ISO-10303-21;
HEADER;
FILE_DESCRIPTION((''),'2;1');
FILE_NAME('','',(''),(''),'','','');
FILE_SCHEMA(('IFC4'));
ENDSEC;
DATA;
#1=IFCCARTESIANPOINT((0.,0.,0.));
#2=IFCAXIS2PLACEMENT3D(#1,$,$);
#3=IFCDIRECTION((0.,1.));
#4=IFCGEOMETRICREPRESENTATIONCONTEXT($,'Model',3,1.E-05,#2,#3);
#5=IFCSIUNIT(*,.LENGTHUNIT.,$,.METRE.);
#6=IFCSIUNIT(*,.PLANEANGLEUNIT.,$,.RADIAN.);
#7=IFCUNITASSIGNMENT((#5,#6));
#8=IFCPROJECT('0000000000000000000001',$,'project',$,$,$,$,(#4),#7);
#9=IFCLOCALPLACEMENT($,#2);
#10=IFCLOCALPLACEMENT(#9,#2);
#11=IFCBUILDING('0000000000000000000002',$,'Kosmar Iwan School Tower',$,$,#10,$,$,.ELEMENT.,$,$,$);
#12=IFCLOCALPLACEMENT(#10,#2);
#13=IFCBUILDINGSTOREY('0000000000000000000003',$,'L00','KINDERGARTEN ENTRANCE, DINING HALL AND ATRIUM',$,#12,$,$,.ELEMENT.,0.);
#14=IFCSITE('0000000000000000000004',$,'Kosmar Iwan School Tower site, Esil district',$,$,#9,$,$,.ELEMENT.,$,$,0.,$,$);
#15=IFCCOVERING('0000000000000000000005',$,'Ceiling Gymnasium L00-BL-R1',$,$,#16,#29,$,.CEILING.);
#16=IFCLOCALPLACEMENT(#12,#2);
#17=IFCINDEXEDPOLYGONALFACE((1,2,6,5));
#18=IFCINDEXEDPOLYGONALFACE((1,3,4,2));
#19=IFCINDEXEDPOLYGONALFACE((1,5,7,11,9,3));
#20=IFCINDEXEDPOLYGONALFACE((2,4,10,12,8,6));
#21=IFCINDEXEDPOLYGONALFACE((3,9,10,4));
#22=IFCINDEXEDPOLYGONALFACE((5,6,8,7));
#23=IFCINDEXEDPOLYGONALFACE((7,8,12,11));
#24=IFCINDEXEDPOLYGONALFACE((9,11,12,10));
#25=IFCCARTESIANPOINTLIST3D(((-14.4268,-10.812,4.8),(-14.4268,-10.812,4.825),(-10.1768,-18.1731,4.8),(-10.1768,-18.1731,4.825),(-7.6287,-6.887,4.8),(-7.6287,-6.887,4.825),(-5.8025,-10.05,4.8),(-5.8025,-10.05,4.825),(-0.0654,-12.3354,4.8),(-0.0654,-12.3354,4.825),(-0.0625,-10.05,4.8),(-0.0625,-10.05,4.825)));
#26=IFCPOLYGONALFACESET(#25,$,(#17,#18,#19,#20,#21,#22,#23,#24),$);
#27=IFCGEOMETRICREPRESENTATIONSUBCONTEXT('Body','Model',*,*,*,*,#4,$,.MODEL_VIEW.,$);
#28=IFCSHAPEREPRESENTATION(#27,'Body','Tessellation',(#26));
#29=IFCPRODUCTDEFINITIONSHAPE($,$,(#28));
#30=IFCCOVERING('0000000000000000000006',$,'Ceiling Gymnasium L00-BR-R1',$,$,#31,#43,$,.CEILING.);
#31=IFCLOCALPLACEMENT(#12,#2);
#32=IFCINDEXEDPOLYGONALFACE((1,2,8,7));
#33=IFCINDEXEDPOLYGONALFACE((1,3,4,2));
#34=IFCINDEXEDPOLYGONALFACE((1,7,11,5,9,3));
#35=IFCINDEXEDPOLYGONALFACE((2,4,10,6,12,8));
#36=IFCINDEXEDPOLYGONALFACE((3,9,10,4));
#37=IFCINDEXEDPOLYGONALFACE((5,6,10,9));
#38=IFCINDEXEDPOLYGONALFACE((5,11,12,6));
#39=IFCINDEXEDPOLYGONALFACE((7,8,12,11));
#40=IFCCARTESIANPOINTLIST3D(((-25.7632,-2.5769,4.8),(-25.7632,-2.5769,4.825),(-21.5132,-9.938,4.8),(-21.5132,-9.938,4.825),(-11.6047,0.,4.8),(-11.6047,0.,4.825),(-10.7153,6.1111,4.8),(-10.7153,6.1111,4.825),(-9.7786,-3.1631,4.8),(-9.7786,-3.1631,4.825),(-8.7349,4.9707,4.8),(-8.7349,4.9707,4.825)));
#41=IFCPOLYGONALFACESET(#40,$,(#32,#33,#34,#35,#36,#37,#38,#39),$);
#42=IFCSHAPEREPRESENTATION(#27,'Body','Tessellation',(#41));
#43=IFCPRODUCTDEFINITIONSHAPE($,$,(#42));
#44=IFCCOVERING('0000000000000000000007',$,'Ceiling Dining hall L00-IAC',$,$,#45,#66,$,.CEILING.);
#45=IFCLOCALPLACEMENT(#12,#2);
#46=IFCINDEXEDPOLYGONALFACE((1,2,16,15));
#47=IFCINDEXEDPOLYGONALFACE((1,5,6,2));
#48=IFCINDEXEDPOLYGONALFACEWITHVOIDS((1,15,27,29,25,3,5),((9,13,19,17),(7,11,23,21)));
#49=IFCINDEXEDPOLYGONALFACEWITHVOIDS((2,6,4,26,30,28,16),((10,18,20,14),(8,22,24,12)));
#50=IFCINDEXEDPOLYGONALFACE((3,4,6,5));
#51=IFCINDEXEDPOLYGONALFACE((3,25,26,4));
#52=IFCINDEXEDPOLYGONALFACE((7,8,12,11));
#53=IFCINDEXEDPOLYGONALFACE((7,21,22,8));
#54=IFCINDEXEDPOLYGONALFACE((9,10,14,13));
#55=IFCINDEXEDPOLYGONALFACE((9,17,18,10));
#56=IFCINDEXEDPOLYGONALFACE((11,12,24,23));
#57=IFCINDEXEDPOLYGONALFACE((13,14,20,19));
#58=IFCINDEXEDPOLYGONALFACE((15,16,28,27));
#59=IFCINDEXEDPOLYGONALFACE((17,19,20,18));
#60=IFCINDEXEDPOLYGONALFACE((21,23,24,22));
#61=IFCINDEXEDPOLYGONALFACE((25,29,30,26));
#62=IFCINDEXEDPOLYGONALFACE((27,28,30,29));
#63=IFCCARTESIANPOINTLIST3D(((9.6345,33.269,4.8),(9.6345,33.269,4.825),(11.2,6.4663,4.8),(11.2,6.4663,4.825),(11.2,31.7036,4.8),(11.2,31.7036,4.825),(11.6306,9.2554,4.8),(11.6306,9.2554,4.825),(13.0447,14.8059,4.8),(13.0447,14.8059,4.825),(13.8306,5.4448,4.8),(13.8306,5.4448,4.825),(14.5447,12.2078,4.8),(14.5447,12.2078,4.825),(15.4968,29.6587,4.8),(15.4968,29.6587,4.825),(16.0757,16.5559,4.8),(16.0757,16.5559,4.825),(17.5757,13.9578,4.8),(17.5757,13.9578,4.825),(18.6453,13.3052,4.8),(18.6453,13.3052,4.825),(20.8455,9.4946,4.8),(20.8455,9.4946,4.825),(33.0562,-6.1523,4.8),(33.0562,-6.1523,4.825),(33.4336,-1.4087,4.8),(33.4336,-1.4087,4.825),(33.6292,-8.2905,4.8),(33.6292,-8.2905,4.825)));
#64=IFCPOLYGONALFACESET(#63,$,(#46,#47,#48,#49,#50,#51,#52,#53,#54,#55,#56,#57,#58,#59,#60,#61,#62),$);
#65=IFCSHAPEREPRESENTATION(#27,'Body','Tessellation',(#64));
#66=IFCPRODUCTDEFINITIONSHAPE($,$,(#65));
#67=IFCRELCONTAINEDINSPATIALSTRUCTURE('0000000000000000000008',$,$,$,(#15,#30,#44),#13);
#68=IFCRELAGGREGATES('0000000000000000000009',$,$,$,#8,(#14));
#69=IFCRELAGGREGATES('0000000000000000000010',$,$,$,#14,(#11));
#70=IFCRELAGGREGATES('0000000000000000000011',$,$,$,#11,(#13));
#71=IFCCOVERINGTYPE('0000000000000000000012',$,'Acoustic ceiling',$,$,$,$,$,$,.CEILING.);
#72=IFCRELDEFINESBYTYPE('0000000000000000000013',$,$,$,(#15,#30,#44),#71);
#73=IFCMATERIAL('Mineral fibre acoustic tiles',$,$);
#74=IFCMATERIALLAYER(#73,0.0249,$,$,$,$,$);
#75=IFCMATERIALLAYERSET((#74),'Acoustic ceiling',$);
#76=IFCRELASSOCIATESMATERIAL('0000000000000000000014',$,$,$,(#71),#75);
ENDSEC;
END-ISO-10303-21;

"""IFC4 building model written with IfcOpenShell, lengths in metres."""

from ifc_helpers import new_model, si_unit, direction, frame, origin, place, context, subcontext, project, spatial, polyline, outline, extrude, material, layer, layer_set, type_object, element, save


model = new_model("IFC4")

# Units and contexts
model_context = context("Model", 3, precision=1e-05, world=origin(), true_north=direction((0.0, 1.0)))
body_context = subcontext(model_context, "Body", "Model", "MODEL_VIEW")
ifc_project = project(units=[si_unit("LENGTHUNIT", "METRE"), si_unit("PLANEANGLEUNIT", "RADIAN")], contexts=[model_context])

# Site, building, storey
site_placement = place(None, origin())
site = spatial("IfcSite", under=ifc_project, at=site_placement, Name="Kosmar Iwan School Tower site, Esil district", CompositionType="ELEMENT", RefElevation=0.0)
building_placement = place(site_placement, origin())
building = spatial("IfcBuilding", under=site, at=building_placement, Name="Kosmar Iwan School Tower", CompositionType="ELEMENT")
storey_placement = place(building_placement, origin())
storey = spatial("IfcBuildingStorey", under=building, at=storey_placement, Name="L00", Description="KINDERGARTEN ENTRANCE, DINING HALL AND ATRIUM", CompositionType="ELEMENT", Elevation=0.0)

# Coverings
ifc_material_1 = material(Name="Mineral fibre acoustic tiles")
ifc_layer_1 = layer(ifc_material_1, 0.0249)
ifc_layer_set_1 = layer_set([ifc_layer_1], Name="Acoustic ceiling")
covering_type = type_object("IfcCoveringType", Name="Acoustic ceiling", PredefinedType="CEILING", material=ifc_layer_set_1)
covering_1_placement = place(storey_placement, frame((0.0, 0.0, 4.8)))
element("IfcCovering", 1, at=covering_1_placement, inside=storey, type_object=covering_type, Name="Ceiling Gymnasium L00-BL-R1", PredefinedType="CEILING", context=body_context, shape_type="SweptSolid", body=[
    extrude(outline(polyline([(-10.1768, -18.1731), (-0.0654, -12.3354), (-0.0625, -10.05), (-5.8025, -10.05), (-7.6287, -6.887), (-14.4268, -10.812), (-10.1768, -18.1731)])), origin(), (0.0, 0.0, 1.0), 0.0249),
])
covering_2_placement = place(storey_placement, frame((0.0, 0.0, 4.8)))
element("IfcCovering", 2, at=covering_2_placement, inside=storey, type_object=covering_type, Name="Ceiling Gymnasium L00-BR-R1", PredefinedType="CEILING", context=body_context, shape_type="SweptSolid", body=[
    extrude(outline(polyline([(-21.5132, -9.938), (-9.7786, -3.1631), (-11.6047, 0.0), (-8.7349, 4.9707), (-10.7153, 6.1111), (-25.7632, -2.5769), (-21.5132, -9.938)])), origin(), (0.0, 0.0, 1.0), 0.0249),
])
covering_3_placement = place(storey_placement, frame((0.0, 0.0, 4.8)))
element("IfcCovering", 3, at=covering_3_placement, inside=storey, type_object=covering_type, Name="Ceiling Dining hall L00-IAC", PredefinedType="CEILING", context=body_context, shape_type="SweptSolid", body=[
    extrude(outline(polyline([(33.6292, -8.2905), (33.4336, -1.4087), (15.4968, 29.6587), (9.6345, 33.269), (11.2, 31.7036), (11.2, 6.4663), (33.0562, -6.1523), (33.6292, -8.2905)]), holes=[polyline([(18.6453, 13.3052), (11.6306, 9.2554), (13.8306, 5.4448), (20.8455, 9.4946), (18.6453, 13.3052)]), polyline([(17.5757, 13.9578), (16.0757, 16.5559), (13.0447, 14.8059), (14.5447, 12.2078), (17.5757, 13.9578)])]), origin(), (0.0, 0.0, 1.0), 0.0249),
])

save(model, "model.ifc")
